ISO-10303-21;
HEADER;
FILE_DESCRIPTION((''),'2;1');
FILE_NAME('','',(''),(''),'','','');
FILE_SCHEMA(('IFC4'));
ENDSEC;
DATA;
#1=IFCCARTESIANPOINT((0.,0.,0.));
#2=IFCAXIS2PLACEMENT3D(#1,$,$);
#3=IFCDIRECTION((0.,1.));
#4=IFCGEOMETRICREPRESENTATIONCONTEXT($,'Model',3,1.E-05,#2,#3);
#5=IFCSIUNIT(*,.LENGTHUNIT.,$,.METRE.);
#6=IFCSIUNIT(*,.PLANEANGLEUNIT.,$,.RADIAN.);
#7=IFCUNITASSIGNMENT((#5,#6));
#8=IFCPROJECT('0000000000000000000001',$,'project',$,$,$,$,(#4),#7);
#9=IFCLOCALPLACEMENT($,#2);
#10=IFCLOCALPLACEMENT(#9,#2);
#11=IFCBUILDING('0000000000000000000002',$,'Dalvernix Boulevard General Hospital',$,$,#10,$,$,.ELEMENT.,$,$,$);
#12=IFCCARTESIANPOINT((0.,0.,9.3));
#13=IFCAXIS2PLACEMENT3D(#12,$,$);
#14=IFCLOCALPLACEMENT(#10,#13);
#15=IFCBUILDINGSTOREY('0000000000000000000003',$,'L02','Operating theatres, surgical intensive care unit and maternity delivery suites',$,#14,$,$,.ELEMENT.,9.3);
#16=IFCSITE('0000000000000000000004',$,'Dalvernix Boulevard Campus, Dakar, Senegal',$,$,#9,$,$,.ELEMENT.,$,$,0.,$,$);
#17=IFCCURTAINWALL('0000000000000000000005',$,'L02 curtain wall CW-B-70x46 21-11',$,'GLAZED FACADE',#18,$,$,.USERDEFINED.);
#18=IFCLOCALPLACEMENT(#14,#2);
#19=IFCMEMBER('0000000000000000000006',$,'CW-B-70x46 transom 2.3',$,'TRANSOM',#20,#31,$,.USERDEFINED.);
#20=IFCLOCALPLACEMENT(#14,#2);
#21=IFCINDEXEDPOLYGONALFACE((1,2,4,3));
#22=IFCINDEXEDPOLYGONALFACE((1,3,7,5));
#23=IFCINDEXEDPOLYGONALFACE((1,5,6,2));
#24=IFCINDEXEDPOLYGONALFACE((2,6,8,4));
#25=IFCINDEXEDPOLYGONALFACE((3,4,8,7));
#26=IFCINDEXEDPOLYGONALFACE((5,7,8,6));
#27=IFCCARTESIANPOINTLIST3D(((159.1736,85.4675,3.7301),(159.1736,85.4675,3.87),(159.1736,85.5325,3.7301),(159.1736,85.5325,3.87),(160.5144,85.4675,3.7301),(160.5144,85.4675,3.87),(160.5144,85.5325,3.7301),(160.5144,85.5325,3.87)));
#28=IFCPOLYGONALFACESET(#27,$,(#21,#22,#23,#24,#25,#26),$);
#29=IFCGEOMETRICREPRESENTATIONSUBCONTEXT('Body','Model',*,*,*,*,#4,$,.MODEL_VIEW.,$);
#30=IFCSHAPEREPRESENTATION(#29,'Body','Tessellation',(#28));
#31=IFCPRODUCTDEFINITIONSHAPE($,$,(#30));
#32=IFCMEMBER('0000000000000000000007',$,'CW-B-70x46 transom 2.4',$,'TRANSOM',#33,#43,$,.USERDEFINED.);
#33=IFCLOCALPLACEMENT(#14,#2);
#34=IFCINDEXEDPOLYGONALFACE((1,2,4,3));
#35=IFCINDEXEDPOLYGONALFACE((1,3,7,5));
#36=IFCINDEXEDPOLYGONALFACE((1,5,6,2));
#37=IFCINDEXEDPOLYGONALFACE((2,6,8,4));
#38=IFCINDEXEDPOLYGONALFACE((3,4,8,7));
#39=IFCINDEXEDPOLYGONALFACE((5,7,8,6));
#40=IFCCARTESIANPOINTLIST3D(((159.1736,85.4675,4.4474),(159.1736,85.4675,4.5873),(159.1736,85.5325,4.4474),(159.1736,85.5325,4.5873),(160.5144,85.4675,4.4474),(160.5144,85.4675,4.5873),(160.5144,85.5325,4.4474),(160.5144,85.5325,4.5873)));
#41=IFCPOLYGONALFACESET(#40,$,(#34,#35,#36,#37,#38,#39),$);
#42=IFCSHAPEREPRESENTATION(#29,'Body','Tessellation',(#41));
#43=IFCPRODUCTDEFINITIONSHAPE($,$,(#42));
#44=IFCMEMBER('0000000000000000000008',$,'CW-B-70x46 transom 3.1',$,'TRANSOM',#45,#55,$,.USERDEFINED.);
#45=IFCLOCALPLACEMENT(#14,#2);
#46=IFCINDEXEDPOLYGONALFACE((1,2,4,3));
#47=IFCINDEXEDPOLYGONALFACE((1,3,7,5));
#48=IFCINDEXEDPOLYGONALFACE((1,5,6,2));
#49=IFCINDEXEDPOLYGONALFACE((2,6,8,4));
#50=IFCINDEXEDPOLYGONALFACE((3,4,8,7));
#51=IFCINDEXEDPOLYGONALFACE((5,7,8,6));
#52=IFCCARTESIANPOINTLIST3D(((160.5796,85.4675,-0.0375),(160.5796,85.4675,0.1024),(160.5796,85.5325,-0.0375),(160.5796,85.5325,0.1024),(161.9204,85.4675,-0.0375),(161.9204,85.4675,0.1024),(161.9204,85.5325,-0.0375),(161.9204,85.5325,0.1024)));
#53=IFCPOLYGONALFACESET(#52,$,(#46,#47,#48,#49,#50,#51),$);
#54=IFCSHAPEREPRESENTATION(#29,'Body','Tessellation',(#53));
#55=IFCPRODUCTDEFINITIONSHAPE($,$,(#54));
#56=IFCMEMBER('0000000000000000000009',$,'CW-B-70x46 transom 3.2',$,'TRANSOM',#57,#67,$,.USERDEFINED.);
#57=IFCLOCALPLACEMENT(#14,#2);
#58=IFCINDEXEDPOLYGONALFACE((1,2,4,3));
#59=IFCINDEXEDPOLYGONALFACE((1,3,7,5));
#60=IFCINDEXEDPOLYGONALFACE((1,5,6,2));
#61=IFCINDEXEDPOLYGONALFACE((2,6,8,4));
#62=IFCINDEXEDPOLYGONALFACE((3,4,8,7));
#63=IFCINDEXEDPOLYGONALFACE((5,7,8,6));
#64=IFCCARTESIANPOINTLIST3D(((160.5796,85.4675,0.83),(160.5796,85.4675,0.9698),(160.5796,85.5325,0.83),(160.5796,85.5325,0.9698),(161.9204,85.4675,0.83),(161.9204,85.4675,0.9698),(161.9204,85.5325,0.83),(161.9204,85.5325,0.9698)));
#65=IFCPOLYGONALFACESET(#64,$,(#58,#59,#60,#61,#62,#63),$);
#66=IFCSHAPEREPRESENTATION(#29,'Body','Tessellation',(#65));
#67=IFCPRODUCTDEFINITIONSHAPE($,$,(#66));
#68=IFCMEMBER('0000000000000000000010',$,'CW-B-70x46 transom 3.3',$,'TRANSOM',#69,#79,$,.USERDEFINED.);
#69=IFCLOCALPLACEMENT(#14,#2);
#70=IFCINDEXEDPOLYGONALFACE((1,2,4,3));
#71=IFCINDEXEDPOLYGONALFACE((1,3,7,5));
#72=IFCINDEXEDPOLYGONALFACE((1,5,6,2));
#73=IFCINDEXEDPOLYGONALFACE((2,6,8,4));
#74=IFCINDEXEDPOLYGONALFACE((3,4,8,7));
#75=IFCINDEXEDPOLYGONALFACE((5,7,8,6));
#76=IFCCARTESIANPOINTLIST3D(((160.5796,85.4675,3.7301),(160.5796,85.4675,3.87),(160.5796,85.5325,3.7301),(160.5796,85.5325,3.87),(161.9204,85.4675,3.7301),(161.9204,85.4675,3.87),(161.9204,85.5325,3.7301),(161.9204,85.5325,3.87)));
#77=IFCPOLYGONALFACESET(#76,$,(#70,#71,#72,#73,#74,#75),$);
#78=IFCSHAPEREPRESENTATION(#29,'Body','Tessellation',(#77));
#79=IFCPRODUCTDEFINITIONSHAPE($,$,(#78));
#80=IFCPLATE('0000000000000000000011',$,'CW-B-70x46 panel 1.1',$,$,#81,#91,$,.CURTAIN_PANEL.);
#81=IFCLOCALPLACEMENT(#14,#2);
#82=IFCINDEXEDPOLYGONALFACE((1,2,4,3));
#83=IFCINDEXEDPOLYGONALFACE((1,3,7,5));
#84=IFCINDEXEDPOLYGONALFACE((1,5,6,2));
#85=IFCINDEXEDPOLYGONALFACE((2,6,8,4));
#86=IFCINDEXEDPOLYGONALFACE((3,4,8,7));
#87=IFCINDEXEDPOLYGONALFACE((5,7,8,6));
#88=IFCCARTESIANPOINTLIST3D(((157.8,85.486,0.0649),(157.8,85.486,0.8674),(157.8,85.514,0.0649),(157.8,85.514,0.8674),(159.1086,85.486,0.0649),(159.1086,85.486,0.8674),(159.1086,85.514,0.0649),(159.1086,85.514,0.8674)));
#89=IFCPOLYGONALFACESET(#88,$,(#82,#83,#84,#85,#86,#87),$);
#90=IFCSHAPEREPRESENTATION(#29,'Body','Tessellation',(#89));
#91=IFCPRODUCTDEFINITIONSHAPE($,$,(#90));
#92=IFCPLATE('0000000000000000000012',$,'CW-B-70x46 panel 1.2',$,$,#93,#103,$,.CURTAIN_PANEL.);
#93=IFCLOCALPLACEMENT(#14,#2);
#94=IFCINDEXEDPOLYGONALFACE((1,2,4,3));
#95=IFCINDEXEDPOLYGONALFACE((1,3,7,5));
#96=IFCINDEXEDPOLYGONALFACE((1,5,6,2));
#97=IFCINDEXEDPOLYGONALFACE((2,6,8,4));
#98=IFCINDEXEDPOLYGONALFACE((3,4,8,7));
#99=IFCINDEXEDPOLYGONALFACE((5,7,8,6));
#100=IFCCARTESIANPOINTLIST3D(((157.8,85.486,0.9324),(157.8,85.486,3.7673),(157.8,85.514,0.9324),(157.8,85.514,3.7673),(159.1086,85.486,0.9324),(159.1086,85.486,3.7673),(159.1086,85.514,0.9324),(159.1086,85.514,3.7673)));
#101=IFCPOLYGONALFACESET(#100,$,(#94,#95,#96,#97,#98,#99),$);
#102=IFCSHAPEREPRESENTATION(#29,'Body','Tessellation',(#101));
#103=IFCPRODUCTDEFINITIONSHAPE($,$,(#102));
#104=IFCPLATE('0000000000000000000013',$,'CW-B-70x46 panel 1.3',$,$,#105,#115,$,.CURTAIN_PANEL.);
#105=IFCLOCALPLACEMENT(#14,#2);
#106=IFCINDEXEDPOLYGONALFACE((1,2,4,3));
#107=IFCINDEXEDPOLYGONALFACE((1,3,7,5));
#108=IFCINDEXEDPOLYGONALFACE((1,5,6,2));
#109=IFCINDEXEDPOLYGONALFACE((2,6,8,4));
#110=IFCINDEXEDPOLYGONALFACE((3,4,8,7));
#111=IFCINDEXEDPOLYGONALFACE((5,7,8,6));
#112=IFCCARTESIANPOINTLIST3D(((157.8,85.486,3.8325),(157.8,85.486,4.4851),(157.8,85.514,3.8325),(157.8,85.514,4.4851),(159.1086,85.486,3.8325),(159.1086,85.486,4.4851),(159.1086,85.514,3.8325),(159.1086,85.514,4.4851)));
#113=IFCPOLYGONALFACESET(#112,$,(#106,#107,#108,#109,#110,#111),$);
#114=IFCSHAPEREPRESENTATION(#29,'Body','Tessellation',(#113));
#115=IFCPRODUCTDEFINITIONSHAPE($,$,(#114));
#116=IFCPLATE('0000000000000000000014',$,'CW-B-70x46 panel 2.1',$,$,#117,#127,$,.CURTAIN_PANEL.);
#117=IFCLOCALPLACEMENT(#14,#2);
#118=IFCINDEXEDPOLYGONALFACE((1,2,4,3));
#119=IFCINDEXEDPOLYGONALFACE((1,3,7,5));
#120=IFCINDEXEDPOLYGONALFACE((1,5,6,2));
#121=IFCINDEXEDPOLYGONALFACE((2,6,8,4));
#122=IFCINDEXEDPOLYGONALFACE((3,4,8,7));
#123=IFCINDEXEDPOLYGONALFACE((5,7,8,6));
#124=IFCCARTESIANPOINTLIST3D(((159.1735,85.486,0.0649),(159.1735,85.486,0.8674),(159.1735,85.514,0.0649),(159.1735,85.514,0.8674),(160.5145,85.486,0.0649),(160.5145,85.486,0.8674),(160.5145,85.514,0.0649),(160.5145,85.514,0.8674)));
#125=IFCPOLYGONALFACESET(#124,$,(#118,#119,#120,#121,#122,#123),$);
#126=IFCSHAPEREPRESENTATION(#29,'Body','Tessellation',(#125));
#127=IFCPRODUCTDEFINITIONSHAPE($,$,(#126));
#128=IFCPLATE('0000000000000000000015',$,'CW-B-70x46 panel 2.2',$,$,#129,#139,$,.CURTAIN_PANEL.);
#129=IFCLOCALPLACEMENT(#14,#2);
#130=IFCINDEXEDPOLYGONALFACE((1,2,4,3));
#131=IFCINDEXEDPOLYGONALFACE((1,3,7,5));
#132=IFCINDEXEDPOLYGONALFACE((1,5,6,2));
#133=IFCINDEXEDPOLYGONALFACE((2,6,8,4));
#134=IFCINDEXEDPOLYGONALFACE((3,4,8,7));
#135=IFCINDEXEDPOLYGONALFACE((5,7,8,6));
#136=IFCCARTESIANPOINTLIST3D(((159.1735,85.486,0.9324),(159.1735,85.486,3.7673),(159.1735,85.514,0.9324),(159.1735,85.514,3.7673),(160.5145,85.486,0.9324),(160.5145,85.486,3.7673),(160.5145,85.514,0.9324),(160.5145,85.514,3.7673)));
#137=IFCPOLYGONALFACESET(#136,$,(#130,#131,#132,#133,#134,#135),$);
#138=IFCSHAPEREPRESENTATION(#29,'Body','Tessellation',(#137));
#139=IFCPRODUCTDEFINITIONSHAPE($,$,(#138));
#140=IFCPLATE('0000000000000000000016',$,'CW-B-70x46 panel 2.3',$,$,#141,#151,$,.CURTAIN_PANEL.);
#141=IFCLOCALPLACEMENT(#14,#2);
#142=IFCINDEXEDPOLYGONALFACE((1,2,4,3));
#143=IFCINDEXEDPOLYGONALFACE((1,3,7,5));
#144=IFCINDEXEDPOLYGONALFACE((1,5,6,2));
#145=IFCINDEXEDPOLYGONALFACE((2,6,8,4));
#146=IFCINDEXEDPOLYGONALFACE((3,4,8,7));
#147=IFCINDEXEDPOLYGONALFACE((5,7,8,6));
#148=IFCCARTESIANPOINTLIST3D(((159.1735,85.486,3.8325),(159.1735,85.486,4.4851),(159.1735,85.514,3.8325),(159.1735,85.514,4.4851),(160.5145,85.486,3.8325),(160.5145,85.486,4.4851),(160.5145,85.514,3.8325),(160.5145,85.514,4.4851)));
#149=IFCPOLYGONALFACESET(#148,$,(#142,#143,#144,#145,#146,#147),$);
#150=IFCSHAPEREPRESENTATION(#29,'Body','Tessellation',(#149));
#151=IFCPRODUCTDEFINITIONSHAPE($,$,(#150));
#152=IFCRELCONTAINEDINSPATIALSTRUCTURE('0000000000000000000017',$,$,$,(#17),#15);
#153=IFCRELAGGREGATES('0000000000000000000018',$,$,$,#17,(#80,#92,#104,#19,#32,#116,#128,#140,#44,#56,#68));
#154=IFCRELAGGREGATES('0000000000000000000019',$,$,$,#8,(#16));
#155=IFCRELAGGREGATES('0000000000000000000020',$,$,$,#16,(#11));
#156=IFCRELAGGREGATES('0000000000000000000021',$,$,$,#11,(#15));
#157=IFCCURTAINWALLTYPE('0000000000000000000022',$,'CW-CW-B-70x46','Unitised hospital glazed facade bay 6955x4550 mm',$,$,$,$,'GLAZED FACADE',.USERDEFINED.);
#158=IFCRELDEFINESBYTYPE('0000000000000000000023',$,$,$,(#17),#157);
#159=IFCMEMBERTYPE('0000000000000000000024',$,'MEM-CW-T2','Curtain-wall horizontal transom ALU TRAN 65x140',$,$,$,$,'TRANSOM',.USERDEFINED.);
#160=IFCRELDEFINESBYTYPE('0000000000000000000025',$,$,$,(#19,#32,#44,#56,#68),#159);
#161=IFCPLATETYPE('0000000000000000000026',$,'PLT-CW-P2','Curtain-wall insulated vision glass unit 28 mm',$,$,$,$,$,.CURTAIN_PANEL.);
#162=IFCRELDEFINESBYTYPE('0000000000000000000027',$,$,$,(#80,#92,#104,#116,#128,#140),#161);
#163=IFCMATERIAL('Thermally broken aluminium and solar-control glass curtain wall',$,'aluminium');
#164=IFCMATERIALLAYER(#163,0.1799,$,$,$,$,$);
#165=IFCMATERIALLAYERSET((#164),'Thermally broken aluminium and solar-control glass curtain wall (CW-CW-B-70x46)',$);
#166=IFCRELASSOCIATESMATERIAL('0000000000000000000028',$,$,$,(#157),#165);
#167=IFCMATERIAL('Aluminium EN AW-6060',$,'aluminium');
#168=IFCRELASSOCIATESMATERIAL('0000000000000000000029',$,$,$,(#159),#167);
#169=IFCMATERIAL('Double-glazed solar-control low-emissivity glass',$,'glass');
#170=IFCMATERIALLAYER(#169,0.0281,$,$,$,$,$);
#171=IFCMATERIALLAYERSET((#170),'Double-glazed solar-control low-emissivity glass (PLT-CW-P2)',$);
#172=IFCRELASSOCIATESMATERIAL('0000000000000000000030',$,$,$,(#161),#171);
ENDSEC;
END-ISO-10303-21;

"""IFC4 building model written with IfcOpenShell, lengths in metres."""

from ifc_helpers import new_model, si_unit, direction, frame, origin, origin_2d, place, context, subcontext, project, spatial, rectangle, extrude, material, layer, layer_set, material_profile, profile_set, type_object, element, aggregate, save


model = new_model("IFC4")

# Units and contexts
model_context = context("Model", 3, precision=1e-05, world=origin(), true_north=direction((0.0, 1.0)))
body_context = subcontext(model_context, "Body", "Model", "MODEL_VIEW")
ifc_project = project(units=[si_unit("LENGTHUNIT", "METRE"), si_unit("PLANEANGLEUNIT", "RADIAN")], contexts=[model_context])

# Site, building, storey
site_placement = place(None, origin())
site = spatial("IfcSite", under=ifc_project, at=site_placement, Name="Dalvernix Boulevard Campus, Dakar, Senegal", CompositionType="ELEMENT", RefElevation=0.0)
building_placement = place(site_placement, origin())
building = spatial("IfcBuilding", under=site, at=building_placement, Name="Dalvernix Boulevard General Hospital", CompositionType="ELEMENT")
storey_placement = place(building_placement, frame((0.0, 0.0, 9.3)))
storey = spatial("IfcBuildingStorey", under=building, at=storey_placement, Name="L02", Description="Operating theatres, surgical intensive care unit and maternity delivery suites", CompositionType="ELEMENT", Elevation=9.3)

# Curtain wall, members, plates
ifc_material_1 = material(Name="Thermally broken aluminium and solar-control glass curtain wall", Category="aluminium")
ifc_layer_1 = layer(ifc_material_1, 0.1799)
ifc_layer_set_1 = layer_set([ifc_layer_1], Name="Thermally broken aluminium and solar-control glass curtain wall (CW-CW-B-70x46)")
curtain_wall_type = type_object("IfcCurtainWallType", Name="CW-CW-B-70x46", Description="Unitised hospital glazed facade bay 6955x4550 mm", ElementType="GLAZED FACADE", PredefinedType="USERDEFINED", material=ifc_layer_set_1)
curtain_wall_placement = place(storey_placement, origin())
curtain_wall = element("IfcCurtainWall", 1, at=curtain_wall_placement, inside=storey, type_object=curtain_wall_type, Name="L02 curtain wall CW-B-70x46 21-11", ObjectType="GLAZED FACADE", PredefinedType="USERDEFINED")
ifc_material_2 = material(Name="Aluminium EN AW-6060", Category="aluminium")
ifc_material_profile_1 = material_profile(ifc_material_2, rectangle(XDim=0.0649, YDim=0.1399, at=origin_2d()), Name="ALU TRAN 65x140")
ifc_profile_set_1 = profile_set([ifc_material_profile_1], Name="Aluminium EN AW-6060")
member_type_1 = type_object("IfcMemberType", Name="MEM-CW-T2", Description="Curtain-wall horizontal transom ALU TRAN 65x140", ElementType="TRANSOM", PredefinedType="USERDEFINED", material=ifc_profile_set_1)
member_1_placement = place(storey_placement, frame((159.1736, 85.5, 3.8), z_axis=(1.0, 0.0, 0.0), x_axis=(0.0, 1.0, 0.0)))
member_1 = element("IfcMember", 2, at=member_1_placement, type_object=member_type_1, Name="CW-B-70x46 transom 2.3", ObjectType="TRANSOM", PredefinedType="USERDEFINED", context=body_context, shape_type="SweptSolid", body=[
    extrude(rectangle(XDim=0.0649, YDim=0.1399, at=origin_2d()), origin(), (0.0, 0.0, 1.0), 1.3408),
])
member_2_placement = place(storey_placement, frame((159.1736, 85.5, 4.5173), z_axis=(1.0, 0.0, 0.0), x_axis=(0.0, 1.0, 0.0)))
member_2 = element("IfcMember", 3, at=member_2_placement, type_object=member_type_1, Name="CW-B-70x46 transom 2.4", ObjectType="TRANSOM", PredefinedType="USERDEFINED", context=body_context, shape_type="SweptSolid", body=[
    extrude(rectangle(XDim=0.0649, YDim=0.1399, at=origin_2d()), origin(), (0.0, 0.0, 1.0), 1.3408),
])
member_3_placement = place(storey_placement, frame((160.5796, 85.5, 0.0325), z_axis=(1.0, 0.0, 0.0), x_axis=(0.0, 1.0, 0.0)))
member_3 = element("IfcMember", 4, at=member_3_placement, type_object=member_type_1, Name="CW-B-70x46 transom 3.1", ObjectType="TRANSOM", PredefinedType="USERDEFINED", context=body_context, shape_type="SweptSolid", body=[
    extrude(rectangle(XDim=0.0649, YDim=0.1399, at=origin_2d()), origin(), (0.0, 0.0, 1.0), 1.3408),
])
member_4_placement = place(storey_placement, frame((160.5796, 85.5, 0.8999), z_axis=(1.0, 0.0, 0.0), x_axis=(0.0, 1.0, 0.0)))
member_4 = element("IfcMember", 5, at=member_4_placement, type_object=member_type_1, Name="CW-B-70x46 transom 3.2", ObjectType="TRANSOM", PredefinedType="USERDEFINED", context=body_context, shape_type="SweptSolid", body=[
    extrude(rectangle(XDim=0.0649, YDim=0.1399, at=origin_2d()), origin(), (0.0, 0.0, 1.0), 1.3408),
])
member_5_placement = place(storey_placement, frame((160.5796, 85.5, 3.8), z_axis=(1.0, 0.0, 0.0), x_axis=(0.0, 1.0, 0.0)))
member_5 = element("IfcMember", 6, at=member_5_placement, type_object=member_type_1, Name="CW-B-70x46 transom 3.3", ObjectType="TRANSOM", PredefinedType="USERDEFINED", context=body_context, shape_type="SweptSolid", body=[
    extrude(rectangle(XDim=0.0649, YDim=0.1399, at=origin_2d()), origin(), (0.0, 0.0, 1.0), 1.3408),
])
ifc_material_3 = material(Name="Double-glazed solar-control low-emissivity glass", Category="glass")
ifc_layer_2 = layer(ifc_material_3, 0.0281)
ifc_layer_set_2 = layer_set([ifc_layer_2], Name="Double-glazed solar-control low-emissivity glass (PLT-CW-P2)")
plate_type = type_object("IfcPlateType", Name="PLT-CW-P2", Description="Curtain-wall insulated vision glass unit 28 mm", PredefinedType="CURTAIN_PANEL", material=ifc_layer_set_2)
plate_1_placement = place(storey_placement, frame((158.4543, 85.5, 0.0649), z_axis=(0.0, 0.0, 1.0), x_axis=(1.0, 0.0, 0.0)))
plate_1 = element("IfcPlate", 7, at=plate_1_placement, type_object=plate_type, Name="CW-B-70x46 panel 1.1", PredefinedType="CURTAIN_PANEL", context=body_context, shape_type="SweptSolid", body=[
    extrude(rectangle(XDim=1.3086, YDim=0.0281, at=origin_2d()), origin(), (0.0, 0.0, 1.0), 0.8025),
])
plate_2_placement = place(storey_placement, frame((158.4543, 85.5, 0.9324), z_axis=(0.0, 0.0, 1.0), x_axis=(1.0, 0.0, 0.0)))
plate_2 = element("IfcPlate", 8, at=plate_2_placement, type_object=plate_type, Name="CW-B-70x46 panel 1.2", PredefinedType="CURTAIN_PANEL", context=body_context, shape_type="SweptSolid", body=[
    extrude(rectangle(XDim=1.3086, YDim=0.0281, at=origin_2d()), origin(), (0.0, 0.0, 1.0), 2.835),
])
plate_3_placement = place(storey_placement, frame((158.4543, 85.5, 3.8325), z_axis=(0.0, 0.0, 1.0), x_axis=(1.0, 0.0, 0.0)))
plate_3 = element("IfcPlate", 9, at=plate_3_placement, type_object=plate_type, Name="CW-B-70x46 panel 1.3", PredefinedType="CURTAIN_PANEL", context=body_context, shape_type="SweptSolid", body=[
    extrude(rectangle(XDim=1.3086, YDim=0.0281, at=origin_2d()), origin(), (0.0, 0.0, 1.0), 0.6526),
])
plate_4_placement = place(storey_placement, frame((159.844, 85.5, 0.0649), z_axis=(0.0, 0.0, 1.0), x_axis=(1.0, 0.0, 0.0)))
plate_4 = element("IfcPlate", 10, at=plate_4_placement, type_object=plate_type, Name="CW-B-70x46 panel 2.1", PredefinedType="CURTAIN_PANEL", context=body_context, shape_type="SweptSolid", body=[
    extrude(rectangle(XDim=1.3411, YDim=0.0281, at=origin_2d()), origin(), (0.0, 0.0, 1.0), 0.8025),
])
plate_5_placement = place(storey_placement, frame((159.844, 85.5, 0.9324), z_axis=(0.0, 0.0, 1.0), x_axis=(1.0, 0.0, 0.0)))
plate_5 = element("IfcPlate", 11, at=plate_5_placement, type_object=plate_type, Name="CW-B-70x46 panel 2.2", PredefinedType="CURTAIN_PANEL", context=body_context, shape_type="SweptSolid", body=[
    extrude(rectangle(XDim=1.3411, YDim=0.0281, at=origin_2d()), origin(), (0.0, 0.0, 1.0), 2.835),
])
plate_6_placement = place(storey_placement, frame((159.844, 85.5, 3.8325), z_axis=(0.0, 0.0, 1.0), x_axis=(1.0, 0.0, 0.0)))
plate_6 = element("IfcPlate", 12, at=plate_6_placement, type_object=plate_type, Name="CW-B-70x46 panel 2.3", PredefinedType="CURTAIN_PANEL", context=body_context, shape_type="SweptSolid", body=[
    extrude(rectangle(XDim=1.3411, YDim=0.0281, at=origin_2d()), origin(), (0.0, 0.0, 1.0), 0.6526),
])
aggregate(curtain_wall, [plate_1, plate_2, plate_3, member_1, member_2, plate_4, plate_5, plate_6, member_3, member_4, member_5])

save(model, "model.ifc")
